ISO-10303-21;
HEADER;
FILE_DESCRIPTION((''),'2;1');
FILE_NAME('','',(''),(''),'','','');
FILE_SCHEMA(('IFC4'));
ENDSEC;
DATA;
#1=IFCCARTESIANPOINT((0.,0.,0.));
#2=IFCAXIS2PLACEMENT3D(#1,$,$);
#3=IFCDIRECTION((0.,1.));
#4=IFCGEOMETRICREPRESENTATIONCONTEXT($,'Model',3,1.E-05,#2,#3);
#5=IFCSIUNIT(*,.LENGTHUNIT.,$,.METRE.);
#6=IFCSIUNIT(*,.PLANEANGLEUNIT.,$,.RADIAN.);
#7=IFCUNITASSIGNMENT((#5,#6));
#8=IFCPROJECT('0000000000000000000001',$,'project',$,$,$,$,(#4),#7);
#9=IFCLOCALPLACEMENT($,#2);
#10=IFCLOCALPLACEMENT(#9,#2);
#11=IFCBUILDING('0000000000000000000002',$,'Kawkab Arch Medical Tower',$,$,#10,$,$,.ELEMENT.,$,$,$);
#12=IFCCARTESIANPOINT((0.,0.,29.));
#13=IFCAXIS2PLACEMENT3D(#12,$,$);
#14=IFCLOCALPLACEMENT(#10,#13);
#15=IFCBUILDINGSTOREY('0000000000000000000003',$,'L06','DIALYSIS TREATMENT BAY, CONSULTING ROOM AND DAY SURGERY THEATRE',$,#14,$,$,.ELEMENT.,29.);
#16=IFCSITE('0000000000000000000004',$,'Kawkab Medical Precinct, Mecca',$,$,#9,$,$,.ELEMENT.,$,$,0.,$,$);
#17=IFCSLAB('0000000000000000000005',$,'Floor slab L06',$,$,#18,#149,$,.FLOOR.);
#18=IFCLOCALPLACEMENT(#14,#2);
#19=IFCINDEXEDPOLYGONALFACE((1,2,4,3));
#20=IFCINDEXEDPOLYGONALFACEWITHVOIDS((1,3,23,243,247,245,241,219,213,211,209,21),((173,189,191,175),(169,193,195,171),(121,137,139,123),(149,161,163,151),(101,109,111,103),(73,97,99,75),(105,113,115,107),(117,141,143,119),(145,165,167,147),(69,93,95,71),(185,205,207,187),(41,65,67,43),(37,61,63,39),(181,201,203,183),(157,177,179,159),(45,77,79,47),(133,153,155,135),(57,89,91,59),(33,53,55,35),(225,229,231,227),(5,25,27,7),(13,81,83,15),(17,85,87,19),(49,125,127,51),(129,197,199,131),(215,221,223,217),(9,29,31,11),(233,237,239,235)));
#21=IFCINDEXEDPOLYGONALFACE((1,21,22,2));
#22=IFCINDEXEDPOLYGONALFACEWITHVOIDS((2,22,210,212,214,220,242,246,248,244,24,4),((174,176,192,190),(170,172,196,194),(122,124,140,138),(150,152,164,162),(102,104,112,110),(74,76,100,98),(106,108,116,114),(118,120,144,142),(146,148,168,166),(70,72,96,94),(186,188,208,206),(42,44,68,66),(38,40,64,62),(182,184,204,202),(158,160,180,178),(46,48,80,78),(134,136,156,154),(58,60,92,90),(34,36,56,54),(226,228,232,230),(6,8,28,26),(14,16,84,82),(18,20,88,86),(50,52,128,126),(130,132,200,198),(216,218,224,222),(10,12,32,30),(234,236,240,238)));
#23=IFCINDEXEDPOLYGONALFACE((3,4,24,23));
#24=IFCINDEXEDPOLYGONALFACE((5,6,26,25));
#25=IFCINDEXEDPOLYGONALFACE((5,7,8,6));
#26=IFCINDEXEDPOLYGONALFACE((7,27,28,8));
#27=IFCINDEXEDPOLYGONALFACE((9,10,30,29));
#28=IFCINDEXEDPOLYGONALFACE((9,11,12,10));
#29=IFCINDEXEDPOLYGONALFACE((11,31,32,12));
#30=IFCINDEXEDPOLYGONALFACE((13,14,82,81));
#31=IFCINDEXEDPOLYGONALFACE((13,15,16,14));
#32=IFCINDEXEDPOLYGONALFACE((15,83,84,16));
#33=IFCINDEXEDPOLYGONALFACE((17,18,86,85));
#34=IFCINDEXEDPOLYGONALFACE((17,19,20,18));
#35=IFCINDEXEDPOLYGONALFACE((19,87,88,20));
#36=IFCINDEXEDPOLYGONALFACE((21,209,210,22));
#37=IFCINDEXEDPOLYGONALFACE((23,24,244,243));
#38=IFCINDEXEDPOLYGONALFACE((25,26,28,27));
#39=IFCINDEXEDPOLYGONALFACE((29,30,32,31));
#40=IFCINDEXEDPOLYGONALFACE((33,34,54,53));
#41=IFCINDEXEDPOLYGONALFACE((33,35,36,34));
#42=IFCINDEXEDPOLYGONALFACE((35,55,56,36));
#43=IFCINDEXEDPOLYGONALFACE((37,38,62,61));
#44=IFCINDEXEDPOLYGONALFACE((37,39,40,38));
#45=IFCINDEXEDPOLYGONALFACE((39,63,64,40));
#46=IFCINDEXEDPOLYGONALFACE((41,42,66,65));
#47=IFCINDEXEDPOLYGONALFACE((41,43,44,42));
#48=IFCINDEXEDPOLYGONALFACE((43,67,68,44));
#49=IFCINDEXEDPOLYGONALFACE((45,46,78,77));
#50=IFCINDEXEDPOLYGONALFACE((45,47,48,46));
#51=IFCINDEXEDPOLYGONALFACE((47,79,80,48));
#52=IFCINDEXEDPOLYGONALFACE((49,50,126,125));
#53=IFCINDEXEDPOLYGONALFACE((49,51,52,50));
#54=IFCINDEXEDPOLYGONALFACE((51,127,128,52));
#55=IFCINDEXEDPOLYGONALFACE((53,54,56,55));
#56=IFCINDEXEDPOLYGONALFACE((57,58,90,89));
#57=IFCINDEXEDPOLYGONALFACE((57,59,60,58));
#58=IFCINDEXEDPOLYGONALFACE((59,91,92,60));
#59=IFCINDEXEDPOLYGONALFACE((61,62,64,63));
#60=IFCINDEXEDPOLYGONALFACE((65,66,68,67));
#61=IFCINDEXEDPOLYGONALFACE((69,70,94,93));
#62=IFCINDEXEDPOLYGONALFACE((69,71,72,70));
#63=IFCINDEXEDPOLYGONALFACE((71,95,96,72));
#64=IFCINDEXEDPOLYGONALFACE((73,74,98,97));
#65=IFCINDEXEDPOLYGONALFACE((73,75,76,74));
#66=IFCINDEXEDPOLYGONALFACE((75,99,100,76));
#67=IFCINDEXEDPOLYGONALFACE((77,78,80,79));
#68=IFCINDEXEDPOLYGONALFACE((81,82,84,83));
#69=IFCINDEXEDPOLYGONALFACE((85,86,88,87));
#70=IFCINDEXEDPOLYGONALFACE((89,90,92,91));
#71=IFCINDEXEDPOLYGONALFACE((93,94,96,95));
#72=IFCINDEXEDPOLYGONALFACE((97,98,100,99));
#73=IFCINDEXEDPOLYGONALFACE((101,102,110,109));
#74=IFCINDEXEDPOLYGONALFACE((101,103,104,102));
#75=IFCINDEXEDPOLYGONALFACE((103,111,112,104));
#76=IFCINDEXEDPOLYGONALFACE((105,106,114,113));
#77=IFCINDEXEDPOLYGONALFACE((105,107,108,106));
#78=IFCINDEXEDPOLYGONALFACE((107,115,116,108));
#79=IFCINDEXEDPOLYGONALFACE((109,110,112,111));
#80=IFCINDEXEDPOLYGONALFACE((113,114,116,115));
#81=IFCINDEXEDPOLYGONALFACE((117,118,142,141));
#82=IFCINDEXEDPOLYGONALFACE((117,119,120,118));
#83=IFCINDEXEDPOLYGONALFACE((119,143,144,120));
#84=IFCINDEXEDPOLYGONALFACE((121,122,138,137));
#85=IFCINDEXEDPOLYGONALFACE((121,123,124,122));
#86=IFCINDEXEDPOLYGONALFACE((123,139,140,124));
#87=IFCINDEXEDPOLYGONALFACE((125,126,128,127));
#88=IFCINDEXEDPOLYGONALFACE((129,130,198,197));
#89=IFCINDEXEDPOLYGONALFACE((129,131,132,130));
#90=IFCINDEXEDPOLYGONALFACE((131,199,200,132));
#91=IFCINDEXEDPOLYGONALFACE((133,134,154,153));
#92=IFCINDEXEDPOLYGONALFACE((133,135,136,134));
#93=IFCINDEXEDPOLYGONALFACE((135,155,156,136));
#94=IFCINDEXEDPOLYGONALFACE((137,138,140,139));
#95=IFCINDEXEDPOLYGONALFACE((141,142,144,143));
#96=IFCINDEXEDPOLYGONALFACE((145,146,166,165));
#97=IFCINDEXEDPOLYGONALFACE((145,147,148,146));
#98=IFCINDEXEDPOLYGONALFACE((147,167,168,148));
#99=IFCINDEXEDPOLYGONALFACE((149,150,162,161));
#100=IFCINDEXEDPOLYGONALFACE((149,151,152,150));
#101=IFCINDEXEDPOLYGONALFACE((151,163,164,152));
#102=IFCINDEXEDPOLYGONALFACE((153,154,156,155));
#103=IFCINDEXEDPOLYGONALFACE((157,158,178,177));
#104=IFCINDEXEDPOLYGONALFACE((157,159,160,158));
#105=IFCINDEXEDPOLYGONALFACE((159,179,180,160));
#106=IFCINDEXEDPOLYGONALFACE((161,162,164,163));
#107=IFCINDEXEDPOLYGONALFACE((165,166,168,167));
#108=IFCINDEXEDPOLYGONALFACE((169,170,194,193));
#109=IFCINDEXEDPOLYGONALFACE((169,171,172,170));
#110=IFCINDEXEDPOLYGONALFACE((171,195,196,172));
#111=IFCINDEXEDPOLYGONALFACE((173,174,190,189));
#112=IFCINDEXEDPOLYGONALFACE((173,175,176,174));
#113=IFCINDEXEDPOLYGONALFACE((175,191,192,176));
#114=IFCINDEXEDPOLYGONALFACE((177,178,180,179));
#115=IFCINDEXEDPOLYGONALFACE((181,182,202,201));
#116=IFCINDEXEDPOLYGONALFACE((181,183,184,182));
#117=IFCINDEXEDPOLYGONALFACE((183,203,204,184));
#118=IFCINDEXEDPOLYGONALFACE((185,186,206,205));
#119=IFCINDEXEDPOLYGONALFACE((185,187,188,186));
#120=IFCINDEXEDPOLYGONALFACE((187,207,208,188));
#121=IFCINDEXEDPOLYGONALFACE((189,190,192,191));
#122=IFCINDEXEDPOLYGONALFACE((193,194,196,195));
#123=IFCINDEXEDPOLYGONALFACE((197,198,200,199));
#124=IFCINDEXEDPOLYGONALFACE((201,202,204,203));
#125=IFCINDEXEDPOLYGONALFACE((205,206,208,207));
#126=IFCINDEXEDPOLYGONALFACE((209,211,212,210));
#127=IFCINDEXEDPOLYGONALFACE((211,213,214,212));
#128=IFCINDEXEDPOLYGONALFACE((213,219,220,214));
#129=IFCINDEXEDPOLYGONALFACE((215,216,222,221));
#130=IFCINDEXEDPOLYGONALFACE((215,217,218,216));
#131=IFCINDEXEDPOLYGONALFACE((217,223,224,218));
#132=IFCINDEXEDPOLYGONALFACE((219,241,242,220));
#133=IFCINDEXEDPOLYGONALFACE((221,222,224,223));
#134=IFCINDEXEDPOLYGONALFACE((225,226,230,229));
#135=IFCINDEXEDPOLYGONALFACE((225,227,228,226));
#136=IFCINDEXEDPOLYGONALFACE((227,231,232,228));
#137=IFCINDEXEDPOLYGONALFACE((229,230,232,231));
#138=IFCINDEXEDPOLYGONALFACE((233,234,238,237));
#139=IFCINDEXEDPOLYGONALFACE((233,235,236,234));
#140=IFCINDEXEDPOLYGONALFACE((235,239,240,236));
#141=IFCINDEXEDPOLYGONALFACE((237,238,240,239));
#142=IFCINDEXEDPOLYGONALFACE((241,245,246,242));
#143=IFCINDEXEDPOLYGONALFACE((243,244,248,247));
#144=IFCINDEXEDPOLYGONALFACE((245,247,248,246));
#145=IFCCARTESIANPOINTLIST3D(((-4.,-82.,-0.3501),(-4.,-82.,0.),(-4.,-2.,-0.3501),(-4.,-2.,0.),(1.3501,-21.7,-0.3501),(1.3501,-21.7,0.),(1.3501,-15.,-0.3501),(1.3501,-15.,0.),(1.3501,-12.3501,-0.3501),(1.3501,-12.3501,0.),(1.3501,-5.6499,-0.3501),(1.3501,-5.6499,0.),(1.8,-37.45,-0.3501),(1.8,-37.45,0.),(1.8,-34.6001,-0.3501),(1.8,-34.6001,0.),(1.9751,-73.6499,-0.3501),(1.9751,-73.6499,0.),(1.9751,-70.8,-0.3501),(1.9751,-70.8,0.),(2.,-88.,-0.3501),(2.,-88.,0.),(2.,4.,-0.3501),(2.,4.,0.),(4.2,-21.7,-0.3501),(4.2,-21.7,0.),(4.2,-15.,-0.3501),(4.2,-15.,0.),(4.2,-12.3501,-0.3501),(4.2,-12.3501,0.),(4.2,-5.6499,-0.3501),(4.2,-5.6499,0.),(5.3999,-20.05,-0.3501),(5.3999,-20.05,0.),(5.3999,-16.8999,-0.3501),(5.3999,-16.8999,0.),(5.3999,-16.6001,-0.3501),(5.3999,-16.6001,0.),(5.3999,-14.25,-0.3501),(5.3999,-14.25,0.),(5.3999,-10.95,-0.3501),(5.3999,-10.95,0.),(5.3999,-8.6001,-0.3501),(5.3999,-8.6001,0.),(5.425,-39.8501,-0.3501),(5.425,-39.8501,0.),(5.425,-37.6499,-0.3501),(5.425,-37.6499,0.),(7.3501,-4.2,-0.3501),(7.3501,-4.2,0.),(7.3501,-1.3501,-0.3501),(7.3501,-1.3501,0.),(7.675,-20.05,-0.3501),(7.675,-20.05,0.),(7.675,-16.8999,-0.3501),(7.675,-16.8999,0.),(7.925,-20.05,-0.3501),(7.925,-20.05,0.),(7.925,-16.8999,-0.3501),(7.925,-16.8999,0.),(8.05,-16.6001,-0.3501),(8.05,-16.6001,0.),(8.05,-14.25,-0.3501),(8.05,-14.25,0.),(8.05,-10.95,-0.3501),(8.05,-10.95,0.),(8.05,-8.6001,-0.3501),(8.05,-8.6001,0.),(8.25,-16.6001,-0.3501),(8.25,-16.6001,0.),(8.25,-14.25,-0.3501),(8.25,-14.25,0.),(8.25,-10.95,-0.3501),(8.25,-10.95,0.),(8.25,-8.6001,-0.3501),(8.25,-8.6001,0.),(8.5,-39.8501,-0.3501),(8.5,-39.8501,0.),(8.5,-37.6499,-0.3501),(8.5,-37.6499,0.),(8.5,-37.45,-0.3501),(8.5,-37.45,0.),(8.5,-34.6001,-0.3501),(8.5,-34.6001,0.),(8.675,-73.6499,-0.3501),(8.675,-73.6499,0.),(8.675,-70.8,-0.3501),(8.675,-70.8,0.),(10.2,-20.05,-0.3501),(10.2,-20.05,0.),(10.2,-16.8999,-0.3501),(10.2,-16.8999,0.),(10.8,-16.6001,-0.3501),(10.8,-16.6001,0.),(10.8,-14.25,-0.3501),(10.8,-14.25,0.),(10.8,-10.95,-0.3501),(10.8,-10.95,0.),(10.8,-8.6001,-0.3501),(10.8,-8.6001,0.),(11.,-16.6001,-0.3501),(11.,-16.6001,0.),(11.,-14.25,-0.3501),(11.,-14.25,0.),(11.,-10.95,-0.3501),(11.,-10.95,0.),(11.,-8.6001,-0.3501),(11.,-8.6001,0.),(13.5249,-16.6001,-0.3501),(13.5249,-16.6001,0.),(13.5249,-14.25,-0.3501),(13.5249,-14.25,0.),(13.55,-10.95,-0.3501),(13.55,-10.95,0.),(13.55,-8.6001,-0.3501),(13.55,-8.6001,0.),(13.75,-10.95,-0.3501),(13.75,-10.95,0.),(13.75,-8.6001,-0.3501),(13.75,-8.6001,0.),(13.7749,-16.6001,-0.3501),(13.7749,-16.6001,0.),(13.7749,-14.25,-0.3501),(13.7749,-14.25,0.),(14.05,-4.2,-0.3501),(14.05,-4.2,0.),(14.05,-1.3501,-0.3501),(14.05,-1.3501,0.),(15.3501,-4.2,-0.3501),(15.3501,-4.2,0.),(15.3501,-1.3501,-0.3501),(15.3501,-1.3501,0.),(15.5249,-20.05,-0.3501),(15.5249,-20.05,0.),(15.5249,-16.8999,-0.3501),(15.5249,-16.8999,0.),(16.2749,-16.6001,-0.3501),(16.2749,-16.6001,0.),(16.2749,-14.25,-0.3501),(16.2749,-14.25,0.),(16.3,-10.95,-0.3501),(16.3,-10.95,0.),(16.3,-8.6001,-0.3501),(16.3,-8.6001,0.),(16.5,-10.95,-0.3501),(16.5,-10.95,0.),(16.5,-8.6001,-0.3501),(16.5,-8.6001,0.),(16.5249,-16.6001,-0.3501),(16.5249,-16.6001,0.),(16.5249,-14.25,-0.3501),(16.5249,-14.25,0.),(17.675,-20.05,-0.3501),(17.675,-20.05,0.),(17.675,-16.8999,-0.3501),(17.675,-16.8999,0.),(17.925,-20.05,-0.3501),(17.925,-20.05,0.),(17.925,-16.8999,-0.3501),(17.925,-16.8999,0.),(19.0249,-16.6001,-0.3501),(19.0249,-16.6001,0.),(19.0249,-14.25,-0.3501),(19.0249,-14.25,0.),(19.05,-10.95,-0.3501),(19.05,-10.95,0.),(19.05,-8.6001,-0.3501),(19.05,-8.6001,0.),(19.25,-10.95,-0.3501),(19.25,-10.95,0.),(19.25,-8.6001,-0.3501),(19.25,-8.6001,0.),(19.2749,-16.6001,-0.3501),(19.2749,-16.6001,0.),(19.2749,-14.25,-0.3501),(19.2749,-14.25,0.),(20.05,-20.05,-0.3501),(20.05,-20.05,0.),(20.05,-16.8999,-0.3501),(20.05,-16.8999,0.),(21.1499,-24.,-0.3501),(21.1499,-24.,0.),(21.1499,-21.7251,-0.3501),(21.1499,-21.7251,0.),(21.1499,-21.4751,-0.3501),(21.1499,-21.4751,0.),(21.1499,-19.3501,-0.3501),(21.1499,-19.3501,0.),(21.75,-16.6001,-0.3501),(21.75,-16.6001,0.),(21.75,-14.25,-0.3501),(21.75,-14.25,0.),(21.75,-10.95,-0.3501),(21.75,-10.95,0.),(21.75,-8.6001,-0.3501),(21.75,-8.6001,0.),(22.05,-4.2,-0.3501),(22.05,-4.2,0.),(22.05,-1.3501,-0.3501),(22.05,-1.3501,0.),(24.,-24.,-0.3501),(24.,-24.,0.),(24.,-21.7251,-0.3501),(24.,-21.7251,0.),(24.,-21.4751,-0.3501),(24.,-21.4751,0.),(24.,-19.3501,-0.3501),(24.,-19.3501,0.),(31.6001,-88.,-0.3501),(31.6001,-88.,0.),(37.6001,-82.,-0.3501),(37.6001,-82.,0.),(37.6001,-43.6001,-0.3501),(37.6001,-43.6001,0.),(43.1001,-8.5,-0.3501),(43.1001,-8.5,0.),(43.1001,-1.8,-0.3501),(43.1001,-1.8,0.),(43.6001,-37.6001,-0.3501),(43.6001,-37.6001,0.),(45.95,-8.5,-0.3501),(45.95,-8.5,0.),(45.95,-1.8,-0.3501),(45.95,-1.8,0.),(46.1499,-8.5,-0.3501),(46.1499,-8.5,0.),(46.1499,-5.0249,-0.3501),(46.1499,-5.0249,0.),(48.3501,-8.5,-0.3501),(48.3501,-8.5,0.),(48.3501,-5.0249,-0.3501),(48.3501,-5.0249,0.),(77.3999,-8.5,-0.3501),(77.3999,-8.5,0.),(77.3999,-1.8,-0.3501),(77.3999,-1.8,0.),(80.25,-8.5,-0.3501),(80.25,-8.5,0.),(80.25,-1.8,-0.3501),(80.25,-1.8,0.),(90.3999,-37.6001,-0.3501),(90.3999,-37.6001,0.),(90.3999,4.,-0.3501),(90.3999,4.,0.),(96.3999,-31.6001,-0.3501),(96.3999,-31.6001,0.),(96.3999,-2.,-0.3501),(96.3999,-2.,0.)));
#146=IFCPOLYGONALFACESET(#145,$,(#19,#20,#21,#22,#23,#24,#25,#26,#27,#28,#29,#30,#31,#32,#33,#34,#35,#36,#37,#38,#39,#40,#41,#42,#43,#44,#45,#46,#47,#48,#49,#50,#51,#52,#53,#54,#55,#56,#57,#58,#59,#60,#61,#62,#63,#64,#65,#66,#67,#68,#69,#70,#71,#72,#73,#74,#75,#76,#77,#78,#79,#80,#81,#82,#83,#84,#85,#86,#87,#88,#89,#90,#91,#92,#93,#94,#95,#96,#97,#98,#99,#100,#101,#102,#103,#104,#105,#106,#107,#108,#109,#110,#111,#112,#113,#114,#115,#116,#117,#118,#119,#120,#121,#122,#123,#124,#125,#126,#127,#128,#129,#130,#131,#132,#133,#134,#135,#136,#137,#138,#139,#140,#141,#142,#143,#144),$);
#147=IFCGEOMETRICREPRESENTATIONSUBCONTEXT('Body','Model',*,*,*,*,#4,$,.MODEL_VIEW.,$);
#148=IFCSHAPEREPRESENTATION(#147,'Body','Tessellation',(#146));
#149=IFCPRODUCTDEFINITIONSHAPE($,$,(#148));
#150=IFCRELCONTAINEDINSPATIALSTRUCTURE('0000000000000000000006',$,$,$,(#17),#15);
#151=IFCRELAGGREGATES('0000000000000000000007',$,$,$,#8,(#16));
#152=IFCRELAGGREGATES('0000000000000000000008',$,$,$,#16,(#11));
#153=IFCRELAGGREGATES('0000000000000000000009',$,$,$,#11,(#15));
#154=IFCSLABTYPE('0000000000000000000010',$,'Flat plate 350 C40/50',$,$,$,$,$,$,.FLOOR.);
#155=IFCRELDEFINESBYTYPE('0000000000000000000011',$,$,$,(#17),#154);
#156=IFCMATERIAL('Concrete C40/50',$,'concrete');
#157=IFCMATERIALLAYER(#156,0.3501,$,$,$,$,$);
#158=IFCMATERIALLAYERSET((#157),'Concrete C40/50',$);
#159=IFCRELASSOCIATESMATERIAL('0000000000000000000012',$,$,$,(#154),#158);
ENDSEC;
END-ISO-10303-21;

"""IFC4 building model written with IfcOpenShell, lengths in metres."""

from ifc_helpers import new_model, si_unit, direction, frame, origin, place, context, subcontext, project, spatial, polyline, outline, extrude, material, layer, layer_set, type_object, element, save


model = new_model("IFC4")

# Units and contexts
model_context = context("Model", 3, precision=1e-05, world=origin(), true_north=direction((0.0, 1.0)))
body_context = subcontext(model_context, "Body", "Model", "MODEL_VIEW")
ifc_project = project(units=[si_unit("LENGTHUNIT", "METRE"), si_unit("PLANEANGLEUNIT", "RADIAN")], contexts=[model_context])

# Site, building, storey
site_placement = place(None, origin())
site = spatial("IfcSite", under=ifc_project, at=site_placement, Name="Kawkab Medical Precinct, Mecca", CompositionType="ELEMENT", RefElevation=0.0)
building_placement = place(site_placement, origin())
building = spatial("IfcBuilding", under=site, at=building_placement, Name="Kawkab Arch Medical Tower", CompositionType="ELEMENT")
storey_placement = place(building_placement, frame((0.0, 0.0, 29.0)))
storey = spatial("IfcBuildingStorey", under=building, at=storey_placement, Name="L06", Description="DIALYSIS TREATMENT BAY, CONSULTING ROOM AND DAY SURGERY THEATRE", CompositionType="ELEMENT", Elevation=29.0)

# Slab
ifc_material_1 = material(Name="Concrete C40/50", Category="concrete")
ifc_layer_1 = layer(ifc_material_1, 0.3501)
ifc_layer_set_1 = layer_set([ifc_layer_1], Name="Concrete C40/50")
slab_type = type_object("IfcSlabType", Name="Flat plate 350 C40/50", PredefinedType="FLOOR", material=ifc_layer_set_1)
slab_placement = place(storey_placement, frame((0.0, 0.0, -0.3501)))
element("IfcSlab", 1, at=slab_placement, inside=storey, type_object=slab_type, Name="Floor slab L06", PredefinedType="FLOOR", context=body_context, shape_type="SweptSolid", body=[
    extrude(outline(polyline([(2.0, 4.0), (90.3999, 4.0), (96.3999, -2.0), (96.3999, -31.6001), (90.3999, -37.6001), (43.6001, -37.6001), (37.6001, -43.6001), (37.6001, -82.0), (31.6001, -88.0), (2.0, -88.0), (-4.0, -82.0), (-4.0, -2.0), (2.0, 4.0)]), holes=[polyline([(8.675, -73.6499), (8.675, -70.8), (1.9751, -70.8), (1.9751, -73.6499), (8.675, -73.6499)]), polyline([(8.5, -37.6499), (5.425, -37.6499), (5.425, -39.8501), (8.5, -39.8501), (8.5, -37.6499)]), polyline([(1.8, -37.45), (8.5, -37.45), (8.5, -34.6001), (1.8, -34.6001), (1.8, -37.45)]), polyline([(5.3999, -16.8999), (5.3999, -20.05), (7.675, -20.05), (7.675, -16.8999), (5.3999, -16.8999)]), polyline([(10.2, -20.05), (10.2, -16.8999), (7.925, -16.8999), (7.925, -20.05), (10.2, -20.05)]), polyline([(4.2, -21.7), (4.2, -15.0), (1.3501, -15.0), (1.3501, -21.7), (4.2, -21.7)]), polyline([(5.3999, -14.25), (5.3999, -16.6001), (8.05, -16.6001), (8.05, -14.25), (5.3999, -14.25)]), polyline([(8.25, -14.25), (8.25, -16.6001), (10.8, -16.6001), (10.8, -14.25), (8.25, -14.25)]), polyline([(11.0, -16.6001), (13.5249, -16.6001), (13.5249, -14.25), (11.0, -14.25), (11.0, -16.6001)]), polyline([(5.3999, -8.6001), (5.3999, -10.95), (8.05, -10.95), (8.05, -8.6001), (5.3999, -8.6001)]), polyline([(8.25, -8.6001), (8.25, -10.95), (10.8, -10.95), (10.8, -8.6001), (8.25, -8.6001)]), polyline([(13.55, -10.95), (13.55, -8.6001), (11.0, -8.6001), (11.0, -10.95), (13.55, -10.95)]), polyline([(4.2, -12.3501), (4.2, -5.6499), (1.3501, -5.6499), (1.3501, -12.3501), (4.2, -12.3501)]), polyline([(7.3501, -4.2), (14.05, -4.2), (14.05, -1.3501), (7.3501, -1.3501), (7.3501, -4.2)]), polyline([(24.0, -21.7251), (21.1499, -21.7251), (21.1499, -24.0), (24.0, -24.0), (24.0, -21.7251)]), polyline([(24.0, -21.4751), (24.0, -19.3501), (21.1499, -19.3501), (21.1499, -21.4751), (24.0, -21.4751)]), polyline([(15.5249, -20.05), (17.675, -20.05), (17.675, -16.8999), (15.5249, -16.8999), (15.5249, -20.05)]), polyline([(17.925, -20.05), (20.05, -20.05), (20.05, -16.8999), (17.925, -16.8999), (17.925, -20.05)]), polyline([(13.7749, -14.25), (13.7749, -16.6001), (16.2749, -16.6001), (16.2749, -14.25), (13.7749, -14.25)]), polyline([(16.5249, -14.25), (16.5249, -16.6001), (19.0249, -16.6001), (19.0249, -14.25), (16.5249, -14.25)]), polyline([(19.2749, -16.6001), (21.75, -16.6001), (21.75, -14.25), (19.2749, -14.25), (19.2749, -16.6001)]), polyline([(16.3, -10.95), (16.3, -8.6001), (13.75, -8.6001), (13.75, -10.95), (16.3, -10.95)]), polyline([(16.5, -10.95), (19.05, -10.95), (19.05, -8.6001), (16.5, -8.6001), (16.5, -10.95)]), polyline([(21.75, -10.95), (21.75, -8.6001), (19.25, -8.6001), (19.25, -10.95), (21.75, -10.95)]), polyline([(46.1499, -5.0249), (46.1499, -8.5), (48.3501, -8.5), (48.3501, -5.0249), (46.1499, -5.0249)]), polyline([(43.1001, -1.8), (43.1001, -8.5), (45.95, -8.5), (45.95, -1.8), (43.1001, -1.8)]), polyline([(77.3999, -1.8), (77.3999, -8.5), (80.25, -8.5), (80.25, -1.8), (77.3999, -1.8)]), polyline([(22.05, -1.3501), (15.3501, -1.3501), (15.3501, -4.2), (22.05, -4.2), (22.05, -1.3501)])]), origin(), (0.0, 0.0, 1.0), 0.3501),
])

save(model, "model.ifc")
